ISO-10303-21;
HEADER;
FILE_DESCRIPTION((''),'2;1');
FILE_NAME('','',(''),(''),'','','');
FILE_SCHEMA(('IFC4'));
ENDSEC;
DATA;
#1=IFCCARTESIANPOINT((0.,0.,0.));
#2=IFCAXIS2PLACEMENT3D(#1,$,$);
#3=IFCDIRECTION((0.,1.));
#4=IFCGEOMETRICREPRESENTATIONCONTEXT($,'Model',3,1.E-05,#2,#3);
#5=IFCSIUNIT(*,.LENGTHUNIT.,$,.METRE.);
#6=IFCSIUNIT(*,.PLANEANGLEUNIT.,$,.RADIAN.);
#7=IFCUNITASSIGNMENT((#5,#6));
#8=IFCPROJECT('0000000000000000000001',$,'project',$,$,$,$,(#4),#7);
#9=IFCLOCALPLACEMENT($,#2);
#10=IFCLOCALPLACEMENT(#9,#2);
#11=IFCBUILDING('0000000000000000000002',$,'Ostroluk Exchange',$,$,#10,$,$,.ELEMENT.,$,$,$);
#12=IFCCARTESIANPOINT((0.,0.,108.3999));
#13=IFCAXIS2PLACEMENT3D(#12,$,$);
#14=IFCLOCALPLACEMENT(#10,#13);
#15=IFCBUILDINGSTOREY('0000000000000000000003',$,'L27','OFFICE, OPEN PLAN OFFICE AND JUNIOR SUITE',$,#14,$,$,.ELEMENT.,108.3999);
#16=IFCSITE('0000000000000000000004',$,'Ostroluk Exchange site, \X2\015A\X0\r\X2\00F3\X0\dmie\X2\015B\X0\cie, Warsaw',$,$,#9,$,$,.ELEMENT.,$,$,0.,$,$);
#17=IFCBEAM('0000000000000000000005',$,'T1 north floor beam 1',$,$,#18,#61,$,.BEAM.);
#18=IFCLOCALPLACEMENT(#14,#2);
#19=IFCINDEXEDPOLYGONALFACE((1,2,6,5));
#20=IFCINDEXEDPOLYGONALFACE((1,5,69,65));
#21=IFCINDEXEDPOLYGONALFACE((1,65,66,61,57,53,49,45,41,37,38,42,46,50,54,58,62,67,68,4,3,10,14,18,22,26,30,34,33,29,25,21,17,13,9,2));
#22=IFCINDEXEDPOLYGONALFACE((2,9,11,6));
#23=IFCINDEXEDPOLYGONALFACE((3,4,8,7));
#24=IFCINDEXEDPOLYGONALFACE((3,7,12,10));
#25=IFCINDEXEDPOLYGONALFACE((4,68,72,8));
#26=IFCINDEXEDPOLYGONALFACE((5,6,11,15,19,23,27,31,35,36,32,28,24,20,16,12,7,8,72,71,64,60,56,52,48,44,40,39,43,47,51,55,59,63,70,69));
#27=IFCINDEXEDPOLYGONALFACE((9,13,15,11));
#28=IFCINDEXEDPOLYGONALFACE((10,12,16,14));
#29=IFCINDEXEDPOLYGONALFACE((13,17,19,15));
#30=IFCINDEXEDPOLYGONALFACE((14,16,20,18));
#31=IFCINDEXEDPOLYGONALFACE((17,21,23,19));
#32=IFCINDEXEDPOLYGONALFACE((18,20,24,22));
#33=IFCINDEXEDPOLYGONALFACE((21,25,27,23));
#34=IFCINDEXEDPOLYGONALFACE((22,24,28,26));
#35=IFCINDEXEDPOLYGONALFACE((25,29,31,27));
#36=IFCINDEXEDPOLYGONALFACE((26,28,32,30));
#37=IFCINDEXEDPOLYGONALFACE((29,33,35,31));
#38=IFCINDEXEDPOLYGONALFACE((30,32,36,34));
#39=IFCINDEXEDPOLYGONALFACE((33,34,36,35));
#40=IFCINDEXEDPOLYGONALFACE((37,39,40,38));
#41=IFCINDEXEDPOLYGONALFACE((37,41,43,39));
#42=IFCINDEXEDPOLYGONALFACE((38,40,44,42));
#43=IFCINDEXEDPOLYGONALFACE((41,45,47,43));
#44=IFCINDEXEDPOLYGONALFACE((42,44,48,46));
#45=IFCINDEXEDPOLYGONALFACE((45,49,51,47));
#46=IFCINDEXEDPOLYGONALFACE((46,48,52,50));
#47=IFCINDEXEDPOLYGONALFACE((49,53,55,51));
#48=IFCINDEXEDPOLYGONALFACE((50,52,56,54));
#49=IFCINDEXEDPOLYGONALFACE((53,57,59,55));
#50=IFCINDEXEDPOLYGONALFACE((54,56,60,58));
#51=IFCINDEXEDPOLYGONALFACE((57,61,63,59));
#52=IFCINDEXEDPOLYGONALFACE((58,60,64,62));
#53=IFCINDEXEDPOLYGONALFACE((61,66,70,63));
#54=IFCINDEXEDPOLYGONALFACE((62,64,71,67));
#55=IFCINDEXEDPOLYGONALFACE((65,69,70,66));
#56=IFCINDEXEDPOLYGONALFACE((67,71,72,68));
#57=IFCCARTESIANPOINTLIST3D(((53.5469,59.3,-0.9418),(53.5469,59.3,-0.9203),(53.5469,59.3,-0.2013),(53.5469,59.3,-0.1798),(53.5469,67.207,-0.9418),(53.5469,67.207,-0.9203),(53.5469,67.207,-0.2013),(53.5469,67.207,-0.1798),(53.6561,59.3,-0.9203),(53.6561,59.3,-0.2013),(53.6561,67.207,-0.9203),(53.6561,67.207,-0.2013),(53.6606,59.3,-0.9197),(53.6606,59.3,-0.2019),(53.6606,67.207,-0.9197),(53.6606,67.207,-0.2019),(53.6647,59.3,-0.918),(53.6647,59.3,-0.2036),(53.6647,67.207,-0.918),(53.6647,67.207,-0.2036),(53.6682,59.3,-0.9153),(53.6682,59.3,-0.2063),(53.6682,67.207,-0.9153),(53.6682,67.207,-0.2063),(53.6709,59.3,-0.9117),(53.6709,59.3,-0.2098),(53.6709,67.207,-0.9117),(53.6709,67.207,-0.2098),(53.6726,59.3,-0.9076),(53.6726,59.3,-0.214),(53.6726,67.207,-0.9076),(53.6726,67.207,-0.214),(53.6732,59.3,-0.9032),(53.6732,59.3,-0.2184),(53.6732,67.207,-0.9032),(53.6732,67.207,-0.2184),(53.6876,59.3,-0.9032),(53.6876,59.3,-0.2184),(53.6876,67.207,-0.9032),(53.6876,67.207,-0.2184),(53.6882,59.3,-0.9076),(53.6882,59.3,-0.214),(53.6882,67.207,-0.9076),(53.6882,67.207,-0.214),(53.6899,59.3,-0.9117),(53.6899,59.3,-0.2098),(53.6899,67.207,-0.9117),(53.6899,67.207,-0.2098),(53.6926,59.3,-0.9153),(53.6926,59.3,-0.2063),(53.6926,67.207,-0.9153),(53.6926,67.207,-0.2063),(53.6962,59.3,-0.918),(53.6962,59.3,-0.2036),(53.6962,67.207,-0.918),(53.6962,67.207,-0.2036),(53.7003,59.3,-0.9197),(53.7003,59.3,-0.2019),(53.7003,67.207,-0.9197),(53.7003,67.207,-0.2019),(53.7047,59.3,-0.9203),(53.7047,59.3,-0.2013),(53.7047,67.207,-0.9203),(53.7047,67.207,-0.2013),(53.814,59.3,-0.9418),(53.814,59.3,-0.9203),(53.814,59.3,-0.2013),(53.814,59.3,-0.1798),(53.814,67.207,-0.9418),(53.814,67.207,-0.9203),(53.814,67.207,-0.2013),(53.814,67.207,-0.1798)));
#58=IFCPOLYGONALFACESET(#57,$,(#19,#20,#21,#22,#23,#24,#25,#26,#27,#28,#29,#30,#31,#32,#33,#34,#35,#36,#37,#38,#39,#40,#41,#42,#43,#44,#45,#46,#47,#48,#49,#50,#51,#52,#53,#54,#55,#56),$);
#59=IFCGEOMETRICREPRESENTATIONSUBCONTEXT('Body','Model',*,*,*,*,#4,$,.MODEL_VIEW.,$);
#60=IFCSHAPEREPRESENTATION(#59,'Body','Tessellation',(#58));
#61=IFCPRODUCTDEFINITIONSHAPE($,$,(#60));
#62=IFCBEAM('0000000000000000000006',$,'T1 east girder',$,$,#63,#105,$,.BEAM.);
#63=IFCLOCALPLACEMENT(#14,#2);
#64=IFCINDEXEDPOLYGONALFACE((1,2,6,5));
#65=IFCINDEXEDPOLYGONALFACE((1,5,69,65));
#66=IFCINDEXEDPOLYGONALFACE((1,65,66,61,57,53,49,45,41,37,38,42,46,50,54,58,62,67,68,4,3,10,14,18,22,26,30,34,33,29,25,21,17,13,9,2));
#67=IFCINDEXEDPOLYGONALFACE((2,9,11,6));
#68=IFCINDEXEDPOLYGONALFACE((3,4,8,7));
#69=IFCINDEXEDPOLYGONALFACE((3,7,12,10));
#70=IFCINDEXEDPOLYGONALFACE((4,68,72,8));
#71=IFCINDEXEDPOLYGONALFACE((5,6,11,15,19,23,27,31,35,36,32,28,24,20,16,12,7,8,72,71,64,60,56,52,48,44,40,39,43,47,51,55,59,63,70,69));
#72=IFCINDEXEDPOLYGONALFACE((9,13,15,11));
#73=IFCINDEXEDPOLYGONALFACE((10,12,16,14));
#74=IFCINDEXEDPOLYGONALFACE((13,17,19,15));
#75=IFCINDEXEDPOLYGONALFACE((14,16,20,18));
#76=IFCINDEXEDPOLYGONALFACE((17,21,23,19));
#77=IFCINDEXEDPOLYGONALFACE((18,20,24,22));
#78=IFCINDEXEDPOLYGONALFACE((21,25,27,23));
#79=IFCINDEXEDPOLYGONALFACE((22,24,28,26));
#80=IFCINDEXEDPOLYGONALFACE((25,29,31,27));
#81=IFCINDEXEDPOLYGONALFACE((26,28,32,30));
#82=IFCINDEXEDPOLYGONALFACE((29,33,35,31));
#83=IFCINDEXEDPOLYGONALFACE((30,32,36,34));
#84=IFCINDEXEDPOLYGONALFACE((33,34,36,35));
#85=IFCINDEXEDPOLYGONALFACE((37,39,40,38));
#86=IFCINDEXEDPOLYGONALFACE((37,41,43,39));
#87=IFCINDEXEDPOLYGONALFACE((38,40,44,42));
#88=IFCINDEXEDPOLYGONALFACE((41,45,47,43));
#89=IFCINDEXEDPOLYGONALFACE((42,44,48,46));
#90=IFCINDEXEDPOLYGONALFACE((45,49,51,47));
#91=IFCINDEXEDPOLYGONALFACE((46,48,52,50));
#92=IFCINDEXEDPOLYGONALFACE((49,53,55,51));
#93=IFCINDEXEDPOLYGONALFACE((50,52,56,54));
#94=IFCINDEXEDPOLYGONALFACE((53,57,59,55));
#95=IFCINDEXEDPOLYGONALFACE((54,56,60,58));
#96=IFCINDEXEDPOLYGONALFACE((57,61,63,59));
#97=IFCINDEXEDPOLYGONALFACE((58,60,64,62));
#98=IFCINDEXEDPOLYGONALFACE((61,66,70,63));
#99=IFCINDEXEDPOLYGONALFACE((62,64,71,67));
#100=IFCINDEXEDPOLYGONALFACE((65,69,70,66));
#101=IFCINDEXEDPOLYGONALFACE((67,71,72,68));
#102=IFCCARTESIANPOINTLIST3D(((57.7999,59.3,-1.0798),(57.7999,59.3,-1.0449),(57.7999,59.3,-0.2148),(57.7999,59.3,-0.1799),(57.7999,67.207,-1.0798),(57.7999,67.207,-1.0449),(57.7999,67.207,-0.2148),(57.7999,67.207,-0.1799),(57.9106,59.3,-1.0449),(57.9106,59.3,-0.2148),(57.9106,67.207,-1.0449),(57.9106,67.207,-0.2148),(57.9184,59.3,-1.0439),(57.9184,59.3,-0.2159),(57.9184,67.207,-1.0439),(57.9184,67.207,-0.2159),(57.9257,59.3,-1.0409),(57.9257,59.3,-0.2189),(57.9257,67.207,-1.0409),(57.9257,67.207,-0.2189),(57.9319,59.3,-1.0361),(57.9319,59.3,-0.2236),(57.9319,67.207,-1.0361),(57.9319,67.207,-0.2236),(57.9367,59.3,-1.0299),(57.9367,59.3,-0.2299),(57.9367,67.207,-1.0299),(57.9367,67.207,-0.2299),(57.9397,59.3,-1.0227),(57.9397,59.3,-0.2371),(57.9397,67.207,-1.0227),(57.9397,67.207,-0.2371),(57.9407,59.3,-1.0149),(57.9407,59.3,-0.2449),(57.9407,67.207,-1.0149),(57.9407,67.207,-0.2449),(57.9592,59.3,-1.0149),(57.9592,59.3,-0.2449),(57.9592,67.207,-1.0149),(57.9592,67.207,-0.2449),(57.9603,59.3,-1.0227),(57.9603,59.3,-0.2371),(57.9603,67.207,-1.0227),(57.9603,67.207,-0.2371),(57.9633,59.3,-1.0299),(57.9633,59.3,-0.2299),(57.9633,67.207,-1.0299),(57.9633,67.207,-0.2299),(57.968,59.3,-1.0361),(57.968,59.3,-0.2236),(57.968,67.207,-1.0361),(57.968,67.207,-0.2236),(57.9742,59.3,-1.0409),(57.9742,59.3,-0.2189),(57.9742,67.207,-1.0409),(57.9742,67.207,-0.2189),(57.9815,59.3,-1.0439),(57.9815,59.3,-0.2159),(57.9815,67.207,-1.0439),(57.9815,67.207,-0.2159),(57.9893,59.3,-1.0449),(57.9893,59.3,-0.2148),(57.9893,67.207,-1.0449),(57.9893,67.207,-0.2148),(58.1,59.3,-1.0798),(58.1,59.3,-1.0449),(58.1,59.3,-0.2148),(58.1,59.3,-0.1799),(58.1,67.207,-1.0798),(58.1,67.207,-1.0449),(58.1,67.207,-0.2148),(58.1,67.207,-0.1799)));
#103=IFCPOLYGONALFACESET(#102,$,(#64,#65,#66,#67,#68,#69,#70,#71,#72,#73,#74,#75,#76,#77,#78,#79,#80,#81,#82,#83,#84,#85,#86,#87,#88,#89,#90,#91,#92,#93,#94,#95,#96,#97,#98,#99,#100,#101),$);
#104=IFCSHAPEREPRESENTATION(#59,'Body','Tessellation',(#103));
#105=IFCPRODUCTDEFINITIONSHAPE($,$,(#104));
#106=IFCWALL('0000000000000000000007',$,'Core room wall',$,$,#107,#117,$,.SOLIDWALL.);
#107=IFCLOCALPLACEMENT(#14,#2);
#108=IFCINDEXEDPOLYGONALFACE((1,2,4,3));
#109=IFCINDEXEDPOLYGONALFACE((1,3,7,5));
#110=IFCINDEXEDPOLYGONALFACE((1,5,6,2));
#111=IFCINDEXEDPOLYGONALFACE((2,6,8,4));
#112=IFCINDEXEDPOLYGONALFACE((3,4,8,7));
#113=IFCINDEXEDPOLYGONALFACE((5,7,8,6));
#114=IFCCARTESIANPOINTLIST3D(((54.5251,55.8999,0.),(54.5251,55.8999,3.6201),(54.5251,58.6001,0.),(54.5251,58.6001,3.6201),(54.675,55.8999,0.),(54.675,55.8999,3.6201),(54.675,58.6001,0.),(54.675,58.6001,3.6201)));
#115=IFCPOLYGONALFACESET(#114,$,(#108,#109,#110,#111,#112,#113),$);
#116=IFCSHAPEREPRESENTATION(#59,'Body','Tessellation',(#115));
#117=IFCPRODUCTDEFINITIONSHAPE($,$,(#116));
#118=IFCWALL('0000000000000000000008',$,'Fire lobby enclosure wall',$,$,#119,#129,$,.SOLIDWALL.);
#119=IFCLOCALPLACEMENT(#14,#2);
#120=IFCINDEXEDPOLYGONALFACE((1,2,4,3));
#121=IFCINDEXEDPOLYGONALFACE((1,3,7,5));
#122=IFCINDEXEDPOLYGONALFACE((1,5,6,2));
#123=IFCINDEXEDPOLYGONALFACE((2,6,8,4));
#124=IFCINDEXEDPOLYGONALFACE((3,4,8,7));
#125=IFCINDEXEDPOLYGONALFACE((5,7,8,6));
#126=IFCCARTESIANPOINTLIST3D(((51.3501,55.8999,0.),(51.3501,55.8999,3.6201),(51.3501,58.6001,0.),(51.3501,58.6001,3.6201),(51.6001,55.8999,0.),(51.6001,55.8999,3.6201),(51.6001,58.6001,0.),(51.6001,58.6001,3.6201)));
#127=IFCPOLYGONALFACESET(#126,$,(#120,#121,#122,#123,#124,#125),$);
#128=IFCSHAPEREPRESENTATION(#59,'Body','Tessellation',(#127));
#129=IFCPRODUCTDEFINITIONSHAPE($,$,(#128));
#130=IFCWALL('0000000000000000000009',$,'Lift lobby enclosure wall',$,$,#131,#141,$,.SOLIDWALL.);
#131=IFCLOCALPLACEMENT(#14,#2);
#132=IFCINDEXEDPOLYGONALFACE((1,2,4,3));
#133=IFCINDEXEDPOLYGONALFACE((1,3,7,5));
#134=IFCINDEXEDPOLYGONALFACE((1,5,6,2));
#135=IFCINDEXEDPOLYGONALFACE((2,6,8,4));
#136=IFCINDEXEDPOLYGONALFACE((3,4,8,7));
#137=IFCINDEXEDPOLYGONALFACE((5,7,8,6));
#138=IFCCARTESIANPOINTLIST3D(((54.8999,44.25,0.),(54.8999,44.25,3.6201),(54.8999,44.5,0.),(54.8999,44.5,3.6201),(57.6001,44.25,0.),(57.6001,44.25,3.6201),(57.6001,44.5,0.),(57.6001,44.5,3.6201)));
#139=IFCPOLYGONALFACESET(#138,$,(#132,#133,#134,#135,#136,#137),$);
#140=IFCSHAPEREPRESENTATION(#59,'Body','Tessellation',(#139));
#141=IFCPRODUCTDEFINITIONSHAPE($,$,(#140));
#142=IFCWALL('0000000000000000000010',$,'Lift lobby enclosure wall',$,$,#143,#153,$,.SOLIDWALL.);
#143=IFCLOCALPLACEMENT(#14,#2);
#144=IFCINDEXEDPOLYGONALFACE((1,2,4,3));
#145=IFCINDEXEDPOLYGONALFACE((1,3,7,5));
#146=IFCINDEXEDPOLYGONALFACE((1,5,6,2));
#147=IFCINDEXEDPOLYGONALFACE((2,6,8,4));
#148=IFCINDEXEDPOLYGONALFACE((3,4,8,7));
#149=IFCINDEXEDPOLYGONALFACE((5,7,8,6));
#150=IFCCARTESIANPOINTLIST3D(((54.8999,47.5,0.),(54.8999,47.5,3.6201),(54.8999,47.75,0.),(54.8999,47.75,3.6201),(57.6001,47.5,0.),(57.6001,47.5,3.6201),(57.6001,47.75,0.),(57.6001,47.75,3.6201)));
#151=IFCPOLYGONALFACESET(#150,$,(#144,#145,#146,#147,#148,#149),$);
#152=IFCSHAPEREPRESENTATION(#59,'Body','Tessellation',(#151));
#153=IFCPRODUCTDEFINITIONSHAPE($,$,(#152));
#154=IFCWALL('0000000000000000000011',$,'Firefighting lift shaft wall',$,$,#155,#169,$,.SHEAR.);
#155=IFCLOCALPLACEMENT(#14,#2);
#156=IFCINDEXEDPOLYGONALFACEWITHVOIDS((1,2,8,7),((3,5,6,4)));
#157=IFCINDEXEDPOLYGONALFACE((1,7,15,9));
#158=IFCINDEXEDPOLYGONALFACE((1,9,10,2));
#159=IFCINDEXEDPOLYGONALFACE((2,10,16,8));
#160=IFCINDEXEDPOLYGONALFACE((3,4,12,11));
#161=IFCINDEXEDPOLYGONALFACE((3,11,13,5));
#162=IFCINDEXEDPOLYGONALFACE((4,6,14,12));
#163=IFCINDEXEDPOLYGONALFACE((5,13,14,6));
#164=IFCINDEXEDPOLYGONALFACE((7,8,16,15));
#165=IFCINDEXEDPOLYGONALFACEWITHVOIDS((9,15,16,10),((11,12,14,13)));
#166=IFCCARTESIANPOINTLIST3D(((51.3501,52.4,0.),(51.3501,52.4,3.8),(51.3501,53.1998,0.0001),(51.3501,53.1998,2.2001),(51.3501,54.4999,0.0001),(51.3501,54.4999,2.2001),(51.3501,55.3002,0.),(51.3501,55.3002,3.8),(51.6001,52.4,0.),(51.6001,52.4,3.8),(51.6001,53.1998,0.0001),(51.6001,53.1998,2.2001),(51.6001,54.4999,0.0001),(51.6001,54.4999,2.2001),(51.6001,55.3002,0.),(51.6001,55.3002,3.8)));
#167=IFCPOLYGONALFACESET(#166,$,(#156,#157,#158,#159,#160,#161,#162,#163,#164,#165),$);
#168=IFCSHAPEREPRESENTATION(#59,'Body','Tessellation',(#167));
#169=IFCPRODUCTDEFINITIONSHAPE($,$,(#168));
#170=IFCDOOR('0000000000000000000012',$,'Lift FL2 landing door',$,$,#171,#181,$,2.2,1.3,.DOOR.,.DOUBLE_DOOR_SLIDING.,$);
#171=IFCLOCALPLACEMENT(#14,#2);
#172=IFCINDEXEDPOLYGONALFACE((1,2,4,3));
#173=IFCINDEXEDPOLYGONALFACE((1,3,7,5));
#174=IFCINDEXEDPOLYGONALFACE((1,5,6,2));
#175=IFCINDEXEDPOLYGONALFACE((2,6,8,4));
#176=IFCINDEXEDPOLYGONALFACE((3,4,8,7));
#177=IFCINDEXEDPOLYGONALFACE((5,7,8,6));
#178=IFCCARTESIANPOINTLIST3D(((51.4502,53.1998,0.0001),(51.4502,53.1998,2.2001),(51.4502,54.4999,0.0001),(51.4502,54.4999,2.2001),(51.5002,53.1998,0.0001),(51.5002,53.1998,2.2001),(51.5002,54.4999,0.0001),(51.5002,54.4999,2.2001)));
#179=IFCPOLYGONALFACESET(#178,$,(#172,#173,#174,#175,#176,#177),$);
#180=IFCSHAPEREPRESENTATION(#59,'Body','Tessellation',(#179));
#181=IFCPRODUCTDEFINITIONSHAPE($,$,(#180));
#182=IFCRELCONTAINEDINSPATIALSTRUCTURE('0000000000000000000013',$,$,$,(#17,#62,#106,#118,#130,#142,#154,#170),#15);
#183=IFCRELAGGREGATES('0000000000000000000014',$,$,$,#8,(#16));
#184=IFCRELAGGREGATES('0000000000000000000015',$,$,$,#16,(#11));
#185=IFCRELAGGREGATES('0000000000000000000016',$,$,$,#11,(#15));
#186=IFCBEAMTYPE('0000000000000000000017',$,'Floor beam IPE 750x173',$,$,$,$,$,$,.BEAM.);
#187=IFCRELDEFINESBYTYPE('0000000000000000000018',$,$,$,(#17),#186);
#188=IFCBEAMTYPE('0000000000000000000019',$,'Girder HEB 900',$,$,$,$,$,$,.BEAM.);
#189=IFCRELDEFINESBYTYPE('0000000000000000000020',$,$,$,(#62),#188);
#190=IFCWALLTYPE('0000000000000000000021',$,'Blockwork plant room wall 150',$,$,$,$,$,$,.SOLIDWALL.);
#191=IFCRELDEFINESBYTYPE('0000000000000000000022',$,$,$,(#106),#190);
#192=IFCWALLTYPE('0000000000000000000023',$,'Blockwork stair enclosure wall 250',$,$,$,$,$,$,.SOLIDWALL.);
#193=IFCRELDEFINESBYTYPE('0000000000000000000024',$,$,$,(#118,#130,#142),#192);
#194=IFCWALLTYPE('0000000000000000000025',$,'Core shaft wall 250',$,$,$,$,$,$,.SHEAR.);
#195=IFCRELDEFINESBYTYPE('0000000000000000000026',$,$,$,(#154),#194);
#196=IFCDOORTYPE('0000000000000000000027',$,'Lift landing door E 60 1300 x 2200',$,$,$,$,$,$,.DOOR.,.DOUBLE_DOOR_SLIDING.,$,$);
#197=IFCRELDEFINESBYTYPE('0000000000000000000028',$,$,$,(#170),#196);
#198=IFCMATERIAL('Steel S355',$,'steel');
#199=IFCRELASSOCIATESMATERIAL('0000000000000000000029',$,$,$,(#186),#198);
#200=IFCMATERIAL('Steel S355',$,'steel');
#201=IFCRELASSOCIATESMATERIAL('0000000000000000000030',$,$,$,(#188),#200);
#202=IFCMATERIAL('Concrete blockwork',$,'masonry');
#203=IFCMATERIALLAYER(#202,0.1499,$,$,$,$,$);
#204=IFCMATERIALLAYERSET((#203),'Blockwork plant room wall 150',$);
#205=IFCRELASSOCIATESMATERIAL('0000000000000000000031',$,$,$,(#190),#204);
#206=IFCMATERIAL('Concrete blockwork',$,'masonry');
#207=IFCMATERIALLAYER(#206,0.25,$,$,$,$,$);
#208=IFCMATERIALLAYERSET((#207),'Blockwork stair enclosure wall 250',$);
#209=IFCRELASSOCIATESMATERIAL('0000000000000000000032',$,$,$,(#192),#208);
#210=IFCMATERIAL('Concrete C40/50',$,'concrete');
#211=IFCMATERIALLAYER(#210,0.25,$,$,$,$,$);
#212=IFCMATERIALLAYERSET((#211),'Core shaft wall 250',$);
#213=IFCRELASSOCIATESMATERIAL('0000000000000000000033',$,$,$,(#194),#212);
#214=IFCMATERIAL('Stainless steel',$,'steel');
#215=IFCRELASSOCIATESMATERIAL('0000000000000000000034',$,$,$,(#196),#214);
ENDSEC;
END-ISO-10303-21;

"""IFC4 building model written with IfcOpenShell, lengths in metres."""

from ifc_helpers import new_model, si_unit, direction, frame, frame_2d, origin, origin_2d, place, context, subcontext, project, spatial, rectangle, i_section, extrude, material, layer, layer_set, material_profile, profile_set, type_object, element, fill, save


model = new_model("IFC4")

# Units and contexts
model_context = context("Model", 3, precision=1e-05, world=origin(), true_north=direction((0.0, 1.0)))
body_context = subcontext(model_context, "Body", "Model", "MODEL_VIEW")
ifc_project = project(units=[si_unit("LENGTHUNIT", "METRE"), si_unit("PLANEANGLEUNIT", "RADIAN")], contexts=[model_context])

# Site, building, storey
site_placement = place(None, origin())
site = spatial("IfcSite", under=ifc_project, at=site_placement, Name="Ostroluk Exchange site, Śródmieście, Warsaw", CompositionType="ELEMENT", RefElevation=0.0)
building_placement = place(site_placement, origin())
building = spatial("IfcBuilding", under=site, at=building_placement, Name="Ostroluk Exchange", CompositionType="ELEMENT")
storey_placement = place(building_placement, frame((0.0, 0.0, 108.3999)))
storey = spatial("IfcBuildingStorey", under=building, at=storey_placement, Name="L27", Description="OFFICE, OPEN PLAN OFFICE AND JUNIOR SUITE", CompositionType="ELEMENT", Elevation=108.3999)

# Beams
ifc_material_1 = material(Name="Steel S355", Category="steel")
ifc_material_profile_1 = material_profile(ifc_material_1, i_section(OverallWidth=0.2671, OverallDepth=0.762, WebThickness=0.0144, FlangeThickness=0.0215, FilletRadius=0.0171, at=origin_2d()), Name="IPE 750x173")
ifc_profile_set_1 = profile_set([ifc_material_profile_1], Name="Steel S355")
beam_type_1 = type_object("IfcBeamType", Name="Floor beam IPE 750x173", PredefinedType="BEAM", material=ifc_profile_set_1)
for number, where, z_axis, x_axis, name in (
    (1, (53.6804, 59.3, -0.5608), (0.0, 1.0, 0.0), (-1.0, 0.0, 0.0), "T1 north floor beam 1"),
):
    element("IfcBeam", number, at=place(storey_placement, frame(where, z_axis=z_axis, x_axis=x_axis)), inside=storey, type_object=beam_type_1, Name=name, PredefinedType="BEAM", context=body_context, shape_type="SweptSolid", body=[
        extrude(i_section(OverallWidth=0.2671, OverallDepth=0.762, WebThickness=0.0144, FlangeThickness=0.0215, FilletRadius=0.0171, at=origin_2d()), origin(), (0.0, 0.0, 1.0), 7.907),
    ])
ifc_material_2 = material(Name="Steel S355", Category="steel")
ifc_material_profile_2 = material_profile(ifc_material_2, i_section(OverallWidth=0.3, OverallDepth=0.8999, WebThickness=0.0186, FlangeThickness=0.0349, FilletRadius=0.03, at=origin_2d()), Name="HEB 900")
ifc_profile_set_2 = profile_set([ifc_material_profile_2], Name="Steel S355")
beam_type_2 = type_object("IfcBeamType", Name="Girder HEB 900", PredefinedType="BEAM", material=ifc_profile_set_2)
beam_1_placement = place(storey_placement, frame((57.95, 59.3, -0.6299), z_axis=(0.0, 1.0, 0.0), x_axis=(-1.0, 0.0, 0.0)))
element("IfcBeam", 2, at=beam_1_placement, inside=storey, type_object=beam_type_2, Name="T1 east girder", PredefinedType="BEAM", context=body_context, shape_type="SweptSolid", body=[
    extrude(i_section(OverallWidth=0.3, OverallDepth=0.8999, WebThickness=0.0186, FlangeThickness=0.0349, FilletRadius=0.03, at=origin_2d()), origin(), (0.0, 0.0, 1.0), 7.907),
])

# Walls
ifc_material_3 = material(Name="Concrete blockwork", Category="masonry")
ifc_layer_1 = layer(ifc_material_3, 0.1499)
ifc_layer_set_1 = layer_set([ifc_layer_1], Name="Blockwork plant room wall 150")
wall_type_1 = type_object("IfcWallType", Name="Blockwork plant room wall 150", PredefinedType="SOLIDWALL", material=ifc_layer_set_1)
wall_1_placement = place(storey_placement, frame((54.6001, 55.8999, 0.0), z_axis=(0.0, 0.0, 1.0), x_axis=(0.0, 1.0, 0.0)))
element("IfcWall", 3, at=wall_1_placement, inside=storey, type_object=wall_type_1, Name="Core room wall", PredefinedType="SOLIDWALL", context=body_context, shape_type="SweptSolid", body=[
    extrude(rectangle(XDim=2.7002, YDim=0.1499, at=frame_2d((1.3501, 0.0))), origin(), (0.0, 0.0, 1.0), 3.6201),
])
ifc_material_4 = material(Name="Concrete blockwork", Category="masonry")
ifc_layer_2 = layer(ifc_material_4, 0.25)
ifc_layer_set_2 = layer_set([ifc_layer_2], Name="Blockwork stair enclosure wall 250")
wall_type_2 = type_object("IfcWallType", Name="Blockwork stair enclosure wall 250", PredefinedType="SOLIDWALL", material=ifc_layer_set_2)
for number, where, z_axis, x_axis, name in (
    (4, (51.4751, 55.8999, 0.0), (0.0, 0.0, 1.0), (0.0, 1.0, 0.0), "Fire lobby enclosure wall"),
    (5, (54.8999, 44.375, 0.0), (0.0, 0.0, 1.0), (1.0, 0.0, 0.0), "Lift lobby enclosure wall"),
    (6, (54.8999, 47.625, 0.0), (0.0, 0.0, 1.0), (1.0, 0.0, 0.0), "Lift lobby enclosure wall"),
):
    element("IfcWall", number, at=place(storey_placement, frame(where, z_axis=z_axis, x_axis=x_axis)), inside=storey, type_object=wall_type_2, Name=name, PredefinedType="SOLIDWALL", context=body_context, shape_type="SweptSolid", body=[
        extrude(rectangle(XDim=2.7002, YDim=0.25, at=frame_2d((1.3501, 0.0))), origin(), (0.0, 0.0, 1.0), 3.6201),
    ])

# Wall, opening, door
ifc_material_5 = material(Name="Concrete C40/50", Category="concrete")
ifc_layer_3 = layer(ifc_material_5, 0.25)
ifc_layer_set_3 = layer_set([ifc_layer_3], Name="Core shaft wall 250")
wall_type_3 = type_object("IfcWallType", Name="Core shaft wall 250", PredefinedType="SHEAR", material=ifc_layer_set_3)
wall_2_placement = place(storey_placement, frame((51.4751, 52.3999, 0.0), z_axis=(0.0, 0.0, 1.0), x_axis=(0.0, 1.0, 0.0)))
wall_2 = element("IfcWall", 7, at=wall_2_placement, inside=storey, type_object=wall_type_3, Name="Firefighting lift shaft wall", PredefinedType="SHEAR", context=body_context, shape_type="SweptSolid", body=[
    extrude(rectangle(XDim=2.9001, YDim=0.25, at=frame_2d((1.4502, 0.0))), origin(), (0.0, 0.0, 1.0), 3.8),
])
opening_1_placement = place(wall_2_placement, frame((0.8, 0.0, 0.0)))
opening_1 = element("IfcOpeningElement", 8, at=opening_1_placement, cuts=wall_2, PredefinedType="OPENING", context=body_context, shape_type="SweptSolid", body=[
    extrude(rectangle(XDim=1.3, YDim=2.2, at=frame_2d((0.6499, 1.1001))), frame((0.0, 0.135, 0.0), z_axis=(0.0, -1.0, 0.0), x_axis=(1.0, 0.0, 0.0)), (0.0, 0.0, 1.0), 0.27),
])
ifc_material_6 = material(Name="Stainless steel", Category="steel")
door_type_1 = type_object("IfcDoorType", Name="Lift landing door E 60 1300 x 2200", OperationType="DOUBLE_DOOR_SLIDING", PredefinedType="DOOR", material=ifc_material_6)
door_1_placement = place(opening_1_placement, origin())
door_1 = element("IfcDoor", 9, at=door_1_placement, inside=storey, type_object=door_type_1, Name="Lift FL2 landing door", OperationType="DOUBLE_DOOR_SLIDING", OverallHeight=2.2, OverallWidth=1.3, PredefinedType="DOOR", context=body_context, shape_type="SweptSolid", body=[
    extrude(rectangle(XDim=1.3, YDim=2.2, at=frame_2d((0.6499, 1.1001))), frame((0.0, 0.0249, 0.0), z_axis=(0.0, -1.0, 0.0), x_axis=(1.0, 0.0, 0.0)), (0.0, 0.0, 1.0), 0.05),
])
fill(opening_1, door_1)

save(model, "model.ifc")
